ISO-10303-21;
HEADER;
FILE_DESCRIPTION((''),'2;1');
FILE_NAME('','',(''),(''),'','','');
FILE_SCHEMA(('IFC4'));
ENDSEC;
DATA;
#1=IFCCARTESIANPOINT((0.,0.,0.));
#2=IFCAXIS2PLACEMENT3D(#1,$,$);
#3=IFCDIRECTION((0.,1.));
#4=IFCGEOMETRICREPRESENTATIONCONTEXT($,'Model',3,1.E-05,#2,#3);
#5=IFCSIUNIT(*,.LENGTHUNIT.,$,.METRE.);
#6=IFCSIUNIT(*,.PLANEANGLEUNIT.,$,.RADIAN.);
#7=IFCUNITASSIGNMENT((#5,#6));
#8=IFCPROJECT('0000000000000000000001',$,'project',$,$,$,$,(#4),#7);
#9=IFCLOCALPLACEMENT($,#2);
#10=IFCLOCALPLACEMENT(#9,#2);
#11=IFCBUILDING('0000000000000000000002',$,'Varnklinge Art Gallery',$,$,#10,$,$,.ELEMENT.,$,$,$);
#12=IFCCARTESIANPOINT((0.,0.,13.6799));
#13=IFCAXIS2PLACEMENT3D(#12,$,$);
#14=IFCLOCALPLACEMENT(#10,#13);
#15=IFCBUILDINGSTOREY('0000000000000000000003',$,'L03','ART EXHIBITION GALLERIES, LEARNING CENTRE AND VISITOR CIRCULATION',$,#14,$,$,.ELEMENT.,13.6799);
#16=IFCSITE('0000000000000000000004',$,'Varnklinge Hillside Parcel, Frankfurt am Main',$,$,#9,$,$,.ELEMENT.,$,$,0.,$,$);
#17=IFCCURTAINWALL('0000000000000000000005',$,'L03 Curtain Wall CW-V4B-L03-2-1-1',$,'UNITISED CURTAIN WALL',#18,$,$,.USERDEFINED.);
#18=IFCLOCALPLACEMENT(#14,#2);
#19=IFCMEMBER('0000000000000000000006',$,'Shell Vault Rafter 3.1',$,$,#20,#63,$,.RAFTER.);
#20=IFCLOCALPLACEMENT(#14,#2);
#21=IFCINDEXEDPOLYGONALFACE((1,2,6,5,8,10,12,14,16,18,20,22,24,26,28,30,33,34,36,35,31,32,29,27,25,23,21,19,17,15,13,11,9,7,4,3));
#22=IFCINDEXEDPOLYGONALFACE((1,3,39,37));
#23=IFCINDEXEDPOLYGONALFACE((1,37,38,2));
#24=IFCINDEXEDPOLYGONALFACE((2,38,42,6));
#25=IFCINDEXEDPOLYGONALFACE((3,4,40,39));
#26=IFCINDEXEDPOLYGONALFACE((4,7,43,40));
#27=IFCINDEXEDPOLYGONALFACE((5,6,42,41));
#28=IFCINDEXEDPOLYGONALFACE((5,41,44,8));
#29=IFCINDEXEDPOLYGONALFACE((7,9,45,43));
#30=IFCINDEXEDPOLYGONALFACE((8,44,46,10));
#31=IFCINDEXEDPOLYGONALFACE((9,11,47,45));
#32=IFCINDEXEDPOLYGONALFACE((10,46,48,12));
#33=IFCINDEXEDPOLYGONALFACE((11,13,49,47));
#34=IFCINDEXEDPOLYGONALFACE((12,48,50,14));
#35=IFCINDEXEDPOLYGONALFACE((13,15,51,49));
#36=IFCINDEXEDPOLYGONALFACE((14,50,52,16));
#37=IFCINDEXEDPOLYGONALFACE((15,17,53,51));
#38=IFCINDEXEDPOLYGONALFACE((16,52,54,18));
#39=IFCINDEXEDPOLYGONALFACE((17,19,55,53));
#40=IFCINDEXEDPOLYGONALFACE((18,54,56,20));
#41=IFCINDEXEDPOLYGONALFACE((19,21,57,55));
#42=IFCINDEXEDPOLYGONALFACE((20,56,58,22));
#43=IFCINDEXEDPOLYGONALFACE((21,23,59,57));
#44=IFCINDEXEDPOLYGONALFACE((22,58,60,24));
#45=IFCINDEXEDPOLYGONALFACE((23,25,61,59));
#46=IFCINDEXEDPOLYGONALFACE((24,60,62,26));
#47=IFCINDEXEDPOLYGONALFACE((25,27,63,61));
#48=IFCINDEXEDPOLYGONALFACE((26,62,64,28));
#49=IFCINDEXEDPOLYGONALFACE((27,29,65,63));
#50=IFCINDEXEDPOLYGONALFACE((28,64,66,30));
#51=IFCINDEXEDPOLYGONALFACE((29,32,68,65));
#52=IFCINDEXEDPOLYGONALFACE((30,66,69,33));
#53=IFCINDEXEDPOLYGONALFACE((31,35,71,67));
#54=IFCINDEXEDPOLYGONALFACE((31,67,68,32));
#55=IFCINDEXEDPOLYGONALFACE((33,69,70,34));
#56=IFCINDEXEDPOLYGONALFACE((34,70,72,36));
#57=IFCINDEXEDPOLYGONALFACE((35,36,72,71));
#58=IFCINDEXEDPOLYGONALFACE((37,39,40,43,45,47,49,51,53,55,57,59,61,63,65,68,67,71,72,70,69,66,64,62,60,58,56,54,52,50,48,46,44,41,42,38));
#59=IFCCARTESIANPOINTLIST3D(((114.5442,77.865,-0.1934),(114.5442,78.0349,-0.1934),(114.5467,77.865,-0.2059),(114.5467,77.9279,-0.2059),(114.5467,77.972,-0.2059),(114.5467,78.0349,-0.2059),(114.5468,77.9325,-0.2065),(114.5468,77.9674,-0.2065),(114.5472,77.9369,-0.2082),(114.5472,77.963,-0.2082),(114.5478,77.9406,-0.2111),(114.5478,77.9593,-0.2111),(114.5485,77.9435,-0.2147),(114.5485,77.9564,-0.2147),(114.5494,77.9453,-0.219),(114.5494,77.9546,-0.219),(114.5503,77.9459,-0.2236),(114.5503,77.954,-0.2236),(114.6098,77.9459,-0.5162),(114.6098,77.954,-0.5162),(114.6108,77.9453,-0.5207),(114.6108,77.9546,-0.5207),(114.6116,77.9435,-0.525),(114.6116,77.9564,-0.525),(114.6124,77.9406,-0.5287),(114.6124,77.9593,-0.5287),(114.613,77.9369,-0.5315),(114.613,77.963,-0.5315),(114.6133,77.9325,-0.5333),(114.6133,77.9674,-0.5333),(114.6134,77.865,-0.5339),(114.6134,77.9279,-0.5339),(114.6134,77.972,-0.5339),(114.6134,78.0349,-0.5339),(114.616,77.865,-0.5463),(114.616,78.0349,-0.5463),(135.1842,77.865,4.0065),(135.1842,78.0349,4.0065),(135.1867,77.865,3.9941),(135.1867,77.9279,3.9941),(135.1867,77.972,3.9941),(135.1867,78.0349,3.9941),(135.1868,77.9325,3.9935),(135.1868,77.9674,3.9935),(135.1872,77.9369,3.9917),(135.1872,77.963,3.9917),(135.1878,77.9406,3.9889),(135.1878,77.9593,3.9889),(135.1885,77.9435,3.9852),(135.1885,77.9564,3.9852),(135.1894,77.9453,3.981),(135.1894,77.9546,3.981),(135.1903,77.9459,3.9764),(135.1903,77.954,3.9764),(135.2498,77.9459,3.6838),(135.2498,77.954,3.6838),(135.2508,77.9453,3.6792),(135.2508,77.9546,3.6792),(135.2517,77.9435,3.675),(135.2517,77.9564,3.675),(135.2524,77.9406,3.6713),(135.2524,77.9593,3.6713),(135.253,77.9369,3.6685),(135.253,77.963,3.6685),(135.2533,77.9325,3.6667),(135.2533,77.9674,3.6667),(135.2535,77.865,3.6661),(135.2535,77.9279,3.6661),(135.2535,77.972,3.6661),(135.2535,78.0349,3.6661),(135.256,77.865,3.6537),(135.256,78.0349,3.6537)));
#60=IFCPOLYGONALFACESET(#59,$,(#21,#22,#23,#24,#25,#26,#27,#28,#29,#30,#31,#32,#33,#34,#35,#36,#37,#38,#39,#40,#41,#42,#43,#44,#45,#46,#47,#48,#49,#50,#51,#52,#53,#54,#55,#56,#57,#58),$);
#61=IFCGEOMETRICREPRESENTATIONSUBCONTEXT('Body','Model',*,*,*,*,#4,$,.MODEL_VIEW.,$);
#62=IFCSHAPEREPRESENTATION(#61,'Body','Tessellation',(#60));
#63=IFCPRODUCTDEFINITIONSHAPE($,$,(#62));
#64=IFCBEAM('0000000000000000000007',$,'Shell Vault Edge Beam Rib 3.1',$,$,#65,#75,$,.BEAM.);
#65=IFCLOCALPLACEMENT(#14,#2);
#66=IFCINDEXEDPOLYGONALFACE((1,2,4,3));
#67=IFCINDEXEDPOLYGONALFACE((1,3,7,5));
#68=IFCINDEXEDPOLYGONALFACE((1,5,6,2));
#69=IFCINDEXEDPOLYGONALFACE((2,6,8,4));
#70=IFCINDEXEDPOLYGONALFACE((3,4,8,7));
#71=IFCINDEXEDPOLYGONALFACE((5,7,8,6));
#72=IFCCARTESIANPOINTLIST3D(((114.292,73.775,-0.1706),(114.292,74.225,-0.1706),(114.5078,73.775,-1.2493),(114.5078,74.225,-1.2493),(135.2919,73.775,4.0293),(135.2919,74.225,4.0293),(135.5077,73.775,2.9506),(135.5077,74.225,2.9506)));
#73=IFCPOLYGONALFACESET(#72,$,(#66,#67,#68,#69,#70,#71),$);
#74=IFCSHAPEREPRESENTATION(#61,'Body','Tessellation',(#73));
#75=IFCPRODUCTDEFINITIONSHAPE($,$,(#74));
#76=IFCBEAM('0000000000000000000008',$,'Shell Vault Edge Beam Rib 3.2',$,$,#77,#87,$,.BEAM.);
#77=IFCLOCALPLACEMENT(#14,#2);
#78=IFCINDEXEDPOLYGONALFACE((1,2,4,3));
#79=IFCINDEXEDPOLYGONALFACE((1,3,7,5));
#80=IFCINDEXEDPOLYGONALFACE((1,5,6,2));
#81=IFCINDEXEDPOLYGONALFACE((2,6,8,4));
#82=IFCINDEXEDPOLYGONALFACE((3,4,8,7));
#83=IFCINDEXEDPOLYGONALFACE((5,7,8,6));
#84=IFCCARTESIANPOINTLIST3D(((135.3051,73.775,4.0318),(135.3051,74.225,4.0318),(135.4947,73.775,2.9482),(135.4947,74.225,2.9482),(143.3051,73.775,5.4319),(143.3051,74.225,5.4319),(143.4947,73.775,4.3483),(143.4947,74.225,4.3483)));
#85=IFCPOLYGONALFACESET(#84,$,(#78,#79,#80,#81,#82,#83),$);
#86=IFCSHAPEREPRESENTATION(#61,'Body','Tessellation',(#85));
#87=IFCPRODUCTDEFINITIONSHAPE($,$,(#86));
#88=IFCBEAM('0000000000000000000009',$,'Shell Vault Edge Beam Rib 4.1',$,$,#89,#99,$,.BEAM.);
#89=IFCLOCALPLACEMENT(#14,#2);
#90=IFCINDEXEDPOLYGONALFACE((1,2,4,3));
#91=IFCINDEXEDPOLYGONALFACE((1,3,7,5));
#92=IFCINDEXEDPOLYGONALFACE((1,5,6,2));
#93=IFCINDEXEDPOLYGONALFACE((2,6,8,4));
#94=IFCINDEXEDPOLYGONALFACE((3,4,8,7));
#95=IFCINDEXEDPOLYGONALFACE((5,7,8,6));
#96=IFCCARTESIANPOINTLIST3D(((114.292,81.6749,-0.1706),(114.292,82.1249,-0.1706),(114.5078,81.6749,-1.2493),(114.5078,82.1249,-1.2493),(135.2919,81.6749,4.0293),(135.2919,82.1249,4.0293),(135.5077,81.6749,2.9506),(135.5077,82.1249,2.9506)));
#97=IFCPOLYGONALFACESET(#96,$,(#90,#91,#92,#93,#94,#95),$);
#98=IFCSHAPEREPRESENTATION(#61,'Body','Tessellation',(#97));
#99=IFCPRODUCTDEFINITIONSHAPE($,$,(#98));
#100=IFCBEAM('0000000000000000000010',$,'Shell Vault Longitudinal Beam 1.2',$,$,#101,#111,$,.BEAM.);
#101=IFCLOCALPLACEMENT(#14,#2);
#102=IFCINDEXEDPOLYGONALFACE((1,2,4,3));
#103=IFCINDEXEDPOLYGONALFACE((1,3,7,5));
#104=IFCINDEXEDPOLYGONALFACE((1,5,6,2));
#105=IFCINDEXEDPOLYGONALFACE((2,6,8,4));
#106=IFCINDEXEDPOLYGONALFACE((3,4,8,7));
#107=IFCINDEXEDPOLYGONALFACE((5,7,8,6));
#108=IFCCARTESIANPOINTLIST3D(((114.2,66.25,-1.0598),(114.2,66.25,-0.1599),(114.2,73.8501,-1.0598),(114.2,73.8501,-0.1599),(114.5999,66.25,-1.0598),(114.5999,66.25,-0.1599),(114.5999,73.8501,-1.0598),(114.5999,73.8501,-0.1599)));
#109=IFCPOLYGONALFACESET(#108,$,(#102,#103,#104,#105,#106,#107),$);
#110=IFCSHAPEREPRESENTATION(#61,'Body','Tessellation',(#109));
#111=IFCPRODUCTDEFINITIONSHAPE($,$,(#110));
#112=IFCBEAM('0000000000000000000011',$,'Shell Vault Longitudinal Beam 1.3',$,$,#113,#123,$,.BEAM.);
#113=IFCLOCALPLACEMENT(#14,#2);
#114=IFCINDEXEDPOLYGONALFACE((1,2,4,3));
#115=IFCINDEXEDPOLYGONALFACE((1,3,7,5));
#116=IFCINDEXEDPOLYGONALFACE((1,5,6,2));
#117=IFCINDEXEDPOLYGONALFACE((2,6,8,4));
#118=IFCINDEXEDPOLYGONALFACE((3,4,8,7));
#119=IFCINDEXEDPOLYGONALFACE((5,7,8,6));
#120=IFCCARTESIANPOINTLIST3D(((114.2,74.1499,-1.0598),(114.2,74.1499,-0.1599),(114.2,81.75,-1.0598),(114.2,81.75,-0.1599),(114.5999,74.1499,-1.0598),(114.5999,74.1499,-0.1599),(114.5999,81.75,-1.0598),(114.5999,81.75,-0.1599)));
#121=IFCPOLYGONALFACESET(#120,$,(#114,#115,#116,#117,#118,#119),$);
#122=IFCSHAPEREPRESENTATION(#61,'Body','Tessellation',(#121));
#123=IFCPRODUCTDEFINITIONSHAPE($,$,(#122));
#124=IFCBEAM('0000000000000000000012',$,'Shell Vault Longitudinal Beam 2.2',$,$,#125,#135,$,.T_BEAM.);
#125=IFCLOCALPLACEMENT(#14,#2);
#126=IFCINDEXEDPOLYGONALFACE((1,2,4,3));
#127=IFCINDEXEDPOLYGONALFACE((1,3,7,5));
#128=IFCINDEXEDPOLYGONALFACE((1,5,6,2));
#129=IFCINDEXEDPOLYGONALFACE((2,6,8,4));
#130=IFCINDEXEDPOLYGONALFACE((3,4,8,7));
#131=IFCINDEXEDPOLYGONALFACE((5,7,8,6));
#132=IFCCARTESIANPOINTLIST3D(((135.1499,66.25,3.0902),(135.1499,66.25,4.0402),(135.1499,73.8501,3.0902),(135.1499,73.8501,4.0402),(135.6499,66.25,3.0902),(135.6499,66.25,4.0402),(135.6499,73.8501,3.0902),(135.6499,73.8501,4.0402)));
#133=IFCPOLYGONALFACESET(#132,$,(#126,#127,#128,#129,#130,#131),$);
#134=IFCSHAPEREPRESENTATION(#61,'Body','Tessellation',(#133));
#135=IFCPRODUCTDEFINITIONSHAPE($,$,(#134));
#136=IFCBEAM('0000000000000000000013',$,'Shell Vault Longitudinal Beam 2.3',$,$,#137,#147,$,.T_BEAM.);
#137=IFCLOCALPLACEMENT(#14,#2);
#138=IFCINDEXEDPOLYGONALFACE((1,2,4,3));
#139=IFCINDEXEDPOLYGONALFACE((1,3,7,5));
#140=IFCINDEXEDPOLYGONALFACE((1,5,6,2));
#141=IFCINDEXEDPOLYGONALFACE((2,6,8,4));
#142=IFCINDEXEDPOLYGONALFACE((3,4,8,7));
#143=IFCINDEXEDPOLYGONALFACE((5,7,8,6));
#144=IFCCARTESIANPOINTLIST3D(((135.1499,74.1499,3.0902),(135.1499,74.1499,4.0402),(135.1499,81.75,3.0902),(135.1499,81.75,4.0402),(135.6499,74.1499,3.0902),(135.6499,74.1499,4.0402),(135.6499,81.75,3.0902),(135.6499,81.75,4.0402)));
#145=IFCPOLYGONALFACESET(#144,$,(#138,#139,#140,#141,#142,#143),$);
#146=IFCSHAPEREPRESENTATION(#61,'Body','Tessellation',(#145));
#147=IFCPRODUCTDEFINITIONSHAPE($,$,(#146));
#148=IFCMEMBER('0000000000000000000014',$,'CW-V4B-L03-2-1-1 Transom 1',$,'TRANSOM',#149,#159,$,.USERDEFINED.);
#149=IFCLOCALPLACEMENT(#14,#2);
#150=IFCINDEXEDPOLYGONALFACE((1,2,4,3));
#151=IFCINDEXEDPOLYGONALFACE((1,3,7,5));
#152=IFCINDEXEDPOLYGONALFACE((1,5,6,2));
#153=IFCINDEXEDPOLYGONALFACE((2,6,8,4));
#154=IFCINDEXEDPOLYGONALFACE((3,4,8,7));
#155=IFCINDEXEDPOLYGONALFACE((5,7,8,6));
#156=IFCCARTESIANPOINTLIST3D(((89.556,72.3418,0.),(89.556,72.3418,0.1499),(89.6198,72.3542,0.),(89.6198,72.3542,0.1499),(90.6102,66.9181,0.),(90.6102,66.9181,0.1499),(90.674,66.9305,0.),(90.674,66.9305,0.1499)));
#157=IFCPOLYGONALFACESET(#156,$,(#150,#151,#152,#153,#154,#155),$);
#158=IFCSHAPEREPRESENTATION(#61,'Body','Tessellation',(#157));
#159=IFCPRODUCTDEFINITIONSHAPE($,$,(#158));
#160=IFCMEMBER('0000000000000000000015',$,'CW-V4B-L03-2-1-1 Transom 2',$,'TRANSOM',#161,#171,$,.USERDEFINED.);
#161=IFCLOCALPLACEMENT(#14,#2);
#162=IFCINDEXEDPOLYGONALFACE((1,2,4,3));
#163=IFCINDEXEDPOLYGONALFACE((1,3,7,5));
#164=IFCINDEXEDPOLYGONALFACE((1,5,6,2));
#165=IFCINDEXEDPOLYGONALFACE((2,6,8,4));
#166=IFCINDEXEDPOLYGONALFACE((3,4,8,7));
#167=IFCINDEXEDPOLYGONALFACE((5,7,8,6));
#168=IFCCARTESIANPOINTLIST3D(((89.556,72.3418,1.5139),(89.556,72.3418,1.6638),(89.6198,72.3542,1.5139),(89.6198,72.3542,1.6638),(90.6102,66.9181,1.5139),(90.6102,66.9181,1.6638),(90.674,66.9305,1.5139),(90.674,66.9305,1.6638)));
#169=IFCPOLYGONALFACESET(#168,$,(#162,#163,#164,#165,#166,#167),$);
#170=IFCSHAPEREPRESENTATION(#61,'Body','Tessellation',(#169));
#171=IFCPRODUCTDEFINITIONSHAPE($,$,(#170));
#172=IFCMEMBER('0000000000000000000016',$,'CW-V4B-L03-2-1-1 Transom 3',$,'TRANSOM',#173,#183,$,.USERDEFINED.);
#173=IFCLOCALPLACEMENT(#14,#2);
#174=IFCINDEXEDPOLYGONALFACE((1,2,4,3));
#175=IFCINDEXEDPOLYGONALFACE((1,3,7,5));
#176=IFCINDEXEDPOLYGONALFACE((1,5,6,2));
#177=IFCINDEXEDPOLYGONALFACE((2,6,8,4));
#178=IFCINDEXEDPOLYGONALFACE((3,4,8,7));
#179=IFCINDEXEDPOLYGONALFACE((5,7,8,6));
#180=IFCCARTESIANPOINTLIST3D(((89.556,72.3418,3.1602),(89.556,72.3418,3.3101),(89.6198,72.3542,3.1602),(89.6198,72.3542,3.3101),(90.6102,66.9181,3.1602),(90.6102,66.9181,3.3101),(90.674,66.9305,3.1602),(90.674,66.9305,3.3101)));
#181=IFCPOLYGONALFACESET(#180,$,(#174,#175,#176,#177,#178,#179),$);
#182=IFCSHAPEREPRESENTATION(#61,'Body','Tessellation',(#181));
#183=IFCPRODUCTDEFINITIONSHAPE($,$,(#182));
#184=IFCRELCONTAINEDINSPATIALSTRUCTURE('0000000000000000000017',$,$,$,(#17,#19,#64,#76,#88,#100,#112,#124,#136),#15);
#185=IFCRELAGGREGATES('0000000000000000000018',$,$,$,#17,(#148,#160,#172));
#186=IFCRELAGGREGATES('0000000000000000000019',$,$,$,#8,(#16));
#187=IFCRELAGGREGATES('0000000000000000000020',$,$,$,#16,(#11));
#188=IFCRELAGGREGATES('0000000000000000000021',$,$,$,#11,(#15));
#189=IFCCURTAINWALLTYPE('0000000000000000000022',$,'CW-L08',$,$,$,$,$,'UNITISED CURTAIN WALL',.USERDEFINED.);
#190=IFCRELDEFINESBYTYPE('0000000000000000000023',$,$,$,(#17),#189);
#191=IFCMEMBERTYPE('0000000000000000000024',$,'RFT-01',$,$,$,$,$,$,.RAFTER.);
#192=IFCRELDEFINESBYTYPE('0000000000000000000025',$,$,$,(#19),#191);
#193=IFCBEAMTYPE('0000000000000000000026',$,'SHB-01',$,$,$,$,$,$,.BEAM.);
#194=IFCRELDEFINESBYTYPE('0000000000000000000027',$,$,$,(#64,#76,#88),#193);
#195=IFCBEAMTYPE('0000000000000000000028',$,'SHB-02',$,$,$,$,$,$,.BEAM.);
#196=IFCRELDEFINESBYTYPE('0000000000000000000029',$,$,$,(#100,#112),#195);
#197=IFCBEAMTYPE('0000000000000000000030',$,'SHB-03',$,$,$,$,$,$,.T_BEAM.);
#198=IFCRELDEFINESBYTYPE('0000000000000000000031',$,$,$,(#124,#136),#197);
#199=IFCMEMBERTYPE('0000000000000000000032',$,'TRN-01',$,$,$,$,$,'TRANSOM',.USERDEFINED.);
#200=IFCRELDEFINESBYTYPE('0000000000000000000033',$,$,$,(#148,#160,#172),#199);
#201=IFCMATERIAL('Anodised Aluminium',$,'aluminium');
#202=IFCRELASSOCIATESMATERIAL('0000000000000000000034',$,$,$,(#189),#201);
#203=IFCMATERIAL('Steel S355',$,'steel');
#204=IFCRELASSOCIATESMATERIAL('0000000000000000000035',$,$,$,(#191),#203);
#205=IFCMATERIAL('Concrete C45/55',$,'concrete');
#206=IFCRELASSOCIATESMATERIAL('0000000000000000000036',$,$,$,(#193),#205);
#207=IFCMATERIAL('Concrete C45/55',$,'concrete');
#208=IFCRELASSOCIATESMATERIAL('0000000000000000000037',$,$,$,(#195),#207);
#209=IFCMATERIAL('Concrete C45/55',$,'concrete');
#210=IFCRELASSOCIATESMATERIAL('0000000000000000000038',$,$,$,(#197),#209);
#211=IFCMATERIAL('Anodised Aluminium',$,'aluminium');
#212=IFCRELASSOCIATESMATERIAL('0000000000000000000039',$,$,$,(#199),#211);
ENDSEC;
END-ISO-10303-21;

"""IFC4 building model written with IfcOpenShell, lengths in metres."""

from ifc_helpers import new_model, si_unit, direction, frame, origin, origin_2d, place, context, subcontext, project, spatial, rectangle, i_section, extrude, material, material_profile, profile_set, type_object, element, aggregate, save


model = new_model("IFC4")

# Units and contexts
model_context = context("Model", 3, precision=1e-05, world=origin(), true_north=direction((0.0, 1.0)))
body_context = subcontext(model_context, "Body", "Model", "MODEL_VIEW")
ifc_project = project(units=[si_unit("LENGTHUNIT", "METRE"), si_unit("PLANEANGLEUNIT", "RADIAN")], contexts=[model_context])

# Site, building, storey
site_placement = place(None, origin())
site = spatial("IfcSite", under=ifc_project, at=site_placement, Name="Varnklinge Hillside Parcel, Frankfurt am Main", CompositionType="ELEMENT", RefElevation=0.0)
building_placement = place(site_placement, origin())
building = spatial("IfcBuilding", under=site, at=building_placement, Name="Varnklinge Art Gallery", CompositionType="ELEMENT")
storey_placement = place(building_placement, frame((0.0, 0.0, 13.6799)))
storey = spatial("IfcBuildingStorey", under=building, at=storey_placement, Name="L03", Description="ART EXHIBITION GALLERIES, LEARNING CENTRE AND VISITOR CIRCULATION", CompositionType="ELEMENT", Elevation=13.6799)

# Curtain wall
ifc_material_1 = material(Name="Anodised Aluminium", Category="aluminium")
curtain_wall_type_1 = type_object("IfcCurtainWallType", Name="CW-L08", ElementType="UNITISED CURTAIN WALL", PredefinedType="USERDEFINED", material=ifc_material_1)
curtain_wall_1_placement = place(storey_placement, origin())
curtain_wall_1 = element("IfcCurtainWall", 1, at=curtain_wall_1_placement, inside=storey, type_object=curtain_wall_type_1, Name="L03 Curtain Wall CW-V4B-L03-2-1-1", ObjectType="UNITISED CURTAIN WALL", PredefinedType="USERDEFINED")

# Member
ifc_material_2 = material(Name="Steel S355", Category="steel")
ifc_material_profile_1 = material_profile(ifc_material_2, i_section(OverallWidth=0.1699, OverallDepth=0.3601, WebThickness=0.0081, FlangeThickness=0.0127, FilletRadius=0.0181, at=origin_2d()), Name="IPE 360")
ifc_profile_set_1 = profile_set([ifc_material_profile_1], Name="Steel S355")
member_type_1 = type_object("IfcMemberType", Name="RFT-01", PredefinedType="RAFTER", material=ifc_profile_set_1)
for number, where, z_axis, x_axis, name in (
    (2, (114.5801, 77.95, -0.3699), (0.979918, 0.0, 0.199401), (0.0, 1.0, 0.0), "Shell Vault Rafter 3.1"),
):
    element("IfcMember", number, at=place(storey_placement, frame(where, z_axis=z_axis, x_axis=x_axis)), inside=storey, type_object=member_type_1, Name=name, PredefinedType="RAFTER", context=body_context, shape_type="SweptSolid", body=[
        extrude(i_section(OverallWidth=0.1699, OverallDepth=0.3601, WebThickness=0.0081, FlangeThickness=0.0127, FilletRadius=0.0181, at=origin_2d()), origin(), (0.0, 0.0, 1.0), 21.063),
    ])

# Beams
ifc_material_3 = material(Name="Concrete C45/55", Category="concrete")
ifc_material_profile_2 = material_profile(ifc_material_3, rectangle(XDim=0.45, YDim=1.1001, at=origin_2d()), Name="RC 450x1100")
ifc_profile_set_2 = profile_set([ifc_material_profile_2], Name="Concrete C45/55")
beam_type_1 = type_object("IfcBeamType", Name="SHB-01", PredefinedType="BEAM", material=ifc_profile_set_2)
beam_1_placement = place(storey_placement, frame((114.3999, 74.0, -0.71), z_axis=(0.980581, 0.0, 0.196114), x_axis=(0.0, 1.0, 0.0)))
element("IfcBeam", 3, at=beam_1_placement, inside=storey, type_object=beam_type_1, Name="Shell Vault Edge Beam Rib 3.1", PredefinedType="BEAM", context=body_context, shape_type="SweptSolid", body=[
    extrude(rectangle(XDim=0.45, YDim=1.1001, at=origin_2d()), origin(), (0.0, 0.0, 1.0), 21.4158),
])
beam_2_placement = place(storey_placement, frame((135.3999, 74.0, 3.49), z_axis=(0.985027, 0.0, 0.172398), x_axis=(0.0, 1.0, 0.0)))
element("IfcBeam", 4, at=beam_2_placement, inside=storey, type_object=beam_type_1, Name="Shell Vault Edge Beam Rib 3.2", PredefinedType="BEAM", context=body_context, shape_type="SweptSolid", body=[
    extrude(rectangle(XDim=0.45, YDim=1.1001, at=origin_2d()), origin(), (0.0, 0.0, 1.0), 8.1216),
])
beam_3_placement = place(storey_placement, frame((114.3999, 81.8999, -0.71), z_axis=(0.980581, 0.0, 0.196114), x_axis=(0.0, 1.0, 0.0)))
element("IfcBeam", 5, at=beam_3_placement, inside=storey, type_object=beam_type_1, Name="Shell Vault Edge Beam Rib 4.1", PredefinedType="BEAM", context=body_context, shape_type="SweptSolid", body=[
    extrude(rectangle(XDim=0.45, YDim=1.1001, at=origin_2d()), origin(), (0.0, 0.0, 1.0), 21.4158),
])
ifc_material_4 = material(Name="Concrete C45/55", Category="concrete")
ifc_material_profile_3 = material_profile(ifc_material_4, rectangle(XDim=0.3999, YDim=0.8999, at=origin_2d()), Name="RC 400x900")
ifc_profile_set_3 = profile_set([ifc_material_profile_3], Name="Concrete C45/55")
beam_type_2 = type_object("IfcBeamType", Name="SHB-02", PredefinedType="BEAM", material=ifc_profile_set_3)
for number, where, z_axis, x_axis, name in (
    (6, (114.3999, 66.25, -0.6099), (0.0, 1.0, 0.0), (-1.0, 0.0, 0.0), "Shell Vault Longitudinal Beam 1.2"),
    (7, (114.3999, 74.1499, -0.6099), (0.0, 1.0, 0.0), (-1.0, 0.0, 0.0), "Shell Vault Longitudinal Beam 1.3"),
):
    element("IfcBeam", number, at=place(storey_placement, frame(where, z_axis=z_axis, x_axis=x_axis)), inside=storey, type_object=beam_type_2, Name=name, PredefinedType="BEAM", context=body_context, shape_type="SweptSolid", body=[
        extrude(rectangle(XDim=0.3999, YDim=0.8999, at=origin_2d()), origin(), (0.0, 0.0, 1.0), 7.6001),
    ])
ifc_material_5 = material(Name="Concrete C45/55", Category="concrete")
ifc_material_profile_4 = material_profile(ifc_material_5, rectangle(XDim=0.5, YDim=0.95, at=origin_2d()), Name="RC 500x950")
ifc_profile_set_4 = profile_set([ifc_material_profile_4], Name="Concrete C45/55")
beam_type_3 = type_object("IfcBeamType", Name="SHB-03", PredefinedType="T_BEAM", material=ifc_profile_set_4)
for number, where, z_axis, x_axis, name in (
    (8, (135.3999, 66.25, 3.5652), (0.0, 1.0, 0.0), (-1.0, 0.0, 0.0), "Shell Vault Longitudinal Beam 2.2"),
    (9, (135.3999, 74.1499, 3.5652), (0.0, 1.0, 0.0), (-1.0, 0.0, 0.0), "Shell Vault Longitudinal Beam 2.3"),
):
    element("IfcBeam", number, at=place(storey_placement, frame(where, z_axis=z_axis, x_axis=x_axis)), inside=storey, type_object=beam_type_3, Name=name, PredefinedType="T_BEAM", context=body_context, shape_type="SweptSolid", body=[
        extrude(rectangle(XDim=0.5, YDim=0.95, at=origin_2d()), origin(), (0.0, 0.0, 1.0), 7.6001),
    ])

# Members
ifc_material_6 = material(Name="Anodised Aluminium", Category="aluminium")
ifc_material_profile_5 = material_profile(ifc_material_6, rectangle(XDim=0.0649, YDim=0.1499, at=origin_2d()), Name="ALU 65x150")
ifc_profile_set_5 = profile_set([ifc_material_profile_5], Name="Anodised Aluminium")
member_type_2 = type_object("IfcMemberType", Name="TRN-01", ElementType="TRANSOM", PredefinedType="USERDEFINED", material=ifc_profile_set_5)
member_1_placement = place(storey_placement, frame((90.6421, 66.9243, 0.075), z_axis=(-0.190802, 0.981628, 0.0), x_axis=(-0.981628, -0.190802, 0.0)))
member_1 = element("IfcMember", 10, at=member_1_placement, type_object=member_type_2, Name="CW-V4B-L03-2-1-1 Transom 1", ObjectType="TRANSOM", PredefinedType="USERDEFINED", context=body_context, shape_type="SweptSolid", body=[
    extrude(rectangle(XDim=0.0649, YDim=0.1499, at=origin_2d()), origin(), (0.0, 0.0, 1.0), 5.5251),
])
member_2_placement = place(storey_placement, frame((90.6421, 66.9243, 1.5889), z_axis=(-0.190802, 0.981628, 0.0), x_axis=(-0.981628, -0.190802, 0.0)))
member_2 = element("IfcMember", 11, at=member_2_placement, type_object=member_type_2, Name="CW-V4B-L03-2-1-1 Transom 2", ObjectType="TRANSOM", PredefinedType="USERDEFINED", context=body_context, shape_type="SweptSolid", body=[
    extrude(rectangle(XDim=0.0649, YDim=0.1499, at=origin_2d()), origin(), (0.0, 0.0, 1.0), 5.5251),
])
member_3_placement = place(storey_placement, frame((90.6421, 66.9243, 3.2351), z_axis=(-0.190802, 0.981628, 0.0), x_axis=(-0.981628, -0.190802, 0.0)))
member_3 = element("IfcMember", 12, at=member_3_placement, type_object=member_type_2, Name="CW-V4B-L03-2-1-1 Transom 3", ObjectType="TRANSOM", PredefinedType="USERDEFINED", context=body_context, shape_type="SweptSolid", body=[
    extrude(rectangle(XDim=0.0649, YDim=0.1499, at=origin_2d()), origin(), (0.0, 0.0, 1.0), 5.5251),
])

aggregate(curtain_wall_1, [member_1, member_2, member_3])

save(model, "model.ifc")
